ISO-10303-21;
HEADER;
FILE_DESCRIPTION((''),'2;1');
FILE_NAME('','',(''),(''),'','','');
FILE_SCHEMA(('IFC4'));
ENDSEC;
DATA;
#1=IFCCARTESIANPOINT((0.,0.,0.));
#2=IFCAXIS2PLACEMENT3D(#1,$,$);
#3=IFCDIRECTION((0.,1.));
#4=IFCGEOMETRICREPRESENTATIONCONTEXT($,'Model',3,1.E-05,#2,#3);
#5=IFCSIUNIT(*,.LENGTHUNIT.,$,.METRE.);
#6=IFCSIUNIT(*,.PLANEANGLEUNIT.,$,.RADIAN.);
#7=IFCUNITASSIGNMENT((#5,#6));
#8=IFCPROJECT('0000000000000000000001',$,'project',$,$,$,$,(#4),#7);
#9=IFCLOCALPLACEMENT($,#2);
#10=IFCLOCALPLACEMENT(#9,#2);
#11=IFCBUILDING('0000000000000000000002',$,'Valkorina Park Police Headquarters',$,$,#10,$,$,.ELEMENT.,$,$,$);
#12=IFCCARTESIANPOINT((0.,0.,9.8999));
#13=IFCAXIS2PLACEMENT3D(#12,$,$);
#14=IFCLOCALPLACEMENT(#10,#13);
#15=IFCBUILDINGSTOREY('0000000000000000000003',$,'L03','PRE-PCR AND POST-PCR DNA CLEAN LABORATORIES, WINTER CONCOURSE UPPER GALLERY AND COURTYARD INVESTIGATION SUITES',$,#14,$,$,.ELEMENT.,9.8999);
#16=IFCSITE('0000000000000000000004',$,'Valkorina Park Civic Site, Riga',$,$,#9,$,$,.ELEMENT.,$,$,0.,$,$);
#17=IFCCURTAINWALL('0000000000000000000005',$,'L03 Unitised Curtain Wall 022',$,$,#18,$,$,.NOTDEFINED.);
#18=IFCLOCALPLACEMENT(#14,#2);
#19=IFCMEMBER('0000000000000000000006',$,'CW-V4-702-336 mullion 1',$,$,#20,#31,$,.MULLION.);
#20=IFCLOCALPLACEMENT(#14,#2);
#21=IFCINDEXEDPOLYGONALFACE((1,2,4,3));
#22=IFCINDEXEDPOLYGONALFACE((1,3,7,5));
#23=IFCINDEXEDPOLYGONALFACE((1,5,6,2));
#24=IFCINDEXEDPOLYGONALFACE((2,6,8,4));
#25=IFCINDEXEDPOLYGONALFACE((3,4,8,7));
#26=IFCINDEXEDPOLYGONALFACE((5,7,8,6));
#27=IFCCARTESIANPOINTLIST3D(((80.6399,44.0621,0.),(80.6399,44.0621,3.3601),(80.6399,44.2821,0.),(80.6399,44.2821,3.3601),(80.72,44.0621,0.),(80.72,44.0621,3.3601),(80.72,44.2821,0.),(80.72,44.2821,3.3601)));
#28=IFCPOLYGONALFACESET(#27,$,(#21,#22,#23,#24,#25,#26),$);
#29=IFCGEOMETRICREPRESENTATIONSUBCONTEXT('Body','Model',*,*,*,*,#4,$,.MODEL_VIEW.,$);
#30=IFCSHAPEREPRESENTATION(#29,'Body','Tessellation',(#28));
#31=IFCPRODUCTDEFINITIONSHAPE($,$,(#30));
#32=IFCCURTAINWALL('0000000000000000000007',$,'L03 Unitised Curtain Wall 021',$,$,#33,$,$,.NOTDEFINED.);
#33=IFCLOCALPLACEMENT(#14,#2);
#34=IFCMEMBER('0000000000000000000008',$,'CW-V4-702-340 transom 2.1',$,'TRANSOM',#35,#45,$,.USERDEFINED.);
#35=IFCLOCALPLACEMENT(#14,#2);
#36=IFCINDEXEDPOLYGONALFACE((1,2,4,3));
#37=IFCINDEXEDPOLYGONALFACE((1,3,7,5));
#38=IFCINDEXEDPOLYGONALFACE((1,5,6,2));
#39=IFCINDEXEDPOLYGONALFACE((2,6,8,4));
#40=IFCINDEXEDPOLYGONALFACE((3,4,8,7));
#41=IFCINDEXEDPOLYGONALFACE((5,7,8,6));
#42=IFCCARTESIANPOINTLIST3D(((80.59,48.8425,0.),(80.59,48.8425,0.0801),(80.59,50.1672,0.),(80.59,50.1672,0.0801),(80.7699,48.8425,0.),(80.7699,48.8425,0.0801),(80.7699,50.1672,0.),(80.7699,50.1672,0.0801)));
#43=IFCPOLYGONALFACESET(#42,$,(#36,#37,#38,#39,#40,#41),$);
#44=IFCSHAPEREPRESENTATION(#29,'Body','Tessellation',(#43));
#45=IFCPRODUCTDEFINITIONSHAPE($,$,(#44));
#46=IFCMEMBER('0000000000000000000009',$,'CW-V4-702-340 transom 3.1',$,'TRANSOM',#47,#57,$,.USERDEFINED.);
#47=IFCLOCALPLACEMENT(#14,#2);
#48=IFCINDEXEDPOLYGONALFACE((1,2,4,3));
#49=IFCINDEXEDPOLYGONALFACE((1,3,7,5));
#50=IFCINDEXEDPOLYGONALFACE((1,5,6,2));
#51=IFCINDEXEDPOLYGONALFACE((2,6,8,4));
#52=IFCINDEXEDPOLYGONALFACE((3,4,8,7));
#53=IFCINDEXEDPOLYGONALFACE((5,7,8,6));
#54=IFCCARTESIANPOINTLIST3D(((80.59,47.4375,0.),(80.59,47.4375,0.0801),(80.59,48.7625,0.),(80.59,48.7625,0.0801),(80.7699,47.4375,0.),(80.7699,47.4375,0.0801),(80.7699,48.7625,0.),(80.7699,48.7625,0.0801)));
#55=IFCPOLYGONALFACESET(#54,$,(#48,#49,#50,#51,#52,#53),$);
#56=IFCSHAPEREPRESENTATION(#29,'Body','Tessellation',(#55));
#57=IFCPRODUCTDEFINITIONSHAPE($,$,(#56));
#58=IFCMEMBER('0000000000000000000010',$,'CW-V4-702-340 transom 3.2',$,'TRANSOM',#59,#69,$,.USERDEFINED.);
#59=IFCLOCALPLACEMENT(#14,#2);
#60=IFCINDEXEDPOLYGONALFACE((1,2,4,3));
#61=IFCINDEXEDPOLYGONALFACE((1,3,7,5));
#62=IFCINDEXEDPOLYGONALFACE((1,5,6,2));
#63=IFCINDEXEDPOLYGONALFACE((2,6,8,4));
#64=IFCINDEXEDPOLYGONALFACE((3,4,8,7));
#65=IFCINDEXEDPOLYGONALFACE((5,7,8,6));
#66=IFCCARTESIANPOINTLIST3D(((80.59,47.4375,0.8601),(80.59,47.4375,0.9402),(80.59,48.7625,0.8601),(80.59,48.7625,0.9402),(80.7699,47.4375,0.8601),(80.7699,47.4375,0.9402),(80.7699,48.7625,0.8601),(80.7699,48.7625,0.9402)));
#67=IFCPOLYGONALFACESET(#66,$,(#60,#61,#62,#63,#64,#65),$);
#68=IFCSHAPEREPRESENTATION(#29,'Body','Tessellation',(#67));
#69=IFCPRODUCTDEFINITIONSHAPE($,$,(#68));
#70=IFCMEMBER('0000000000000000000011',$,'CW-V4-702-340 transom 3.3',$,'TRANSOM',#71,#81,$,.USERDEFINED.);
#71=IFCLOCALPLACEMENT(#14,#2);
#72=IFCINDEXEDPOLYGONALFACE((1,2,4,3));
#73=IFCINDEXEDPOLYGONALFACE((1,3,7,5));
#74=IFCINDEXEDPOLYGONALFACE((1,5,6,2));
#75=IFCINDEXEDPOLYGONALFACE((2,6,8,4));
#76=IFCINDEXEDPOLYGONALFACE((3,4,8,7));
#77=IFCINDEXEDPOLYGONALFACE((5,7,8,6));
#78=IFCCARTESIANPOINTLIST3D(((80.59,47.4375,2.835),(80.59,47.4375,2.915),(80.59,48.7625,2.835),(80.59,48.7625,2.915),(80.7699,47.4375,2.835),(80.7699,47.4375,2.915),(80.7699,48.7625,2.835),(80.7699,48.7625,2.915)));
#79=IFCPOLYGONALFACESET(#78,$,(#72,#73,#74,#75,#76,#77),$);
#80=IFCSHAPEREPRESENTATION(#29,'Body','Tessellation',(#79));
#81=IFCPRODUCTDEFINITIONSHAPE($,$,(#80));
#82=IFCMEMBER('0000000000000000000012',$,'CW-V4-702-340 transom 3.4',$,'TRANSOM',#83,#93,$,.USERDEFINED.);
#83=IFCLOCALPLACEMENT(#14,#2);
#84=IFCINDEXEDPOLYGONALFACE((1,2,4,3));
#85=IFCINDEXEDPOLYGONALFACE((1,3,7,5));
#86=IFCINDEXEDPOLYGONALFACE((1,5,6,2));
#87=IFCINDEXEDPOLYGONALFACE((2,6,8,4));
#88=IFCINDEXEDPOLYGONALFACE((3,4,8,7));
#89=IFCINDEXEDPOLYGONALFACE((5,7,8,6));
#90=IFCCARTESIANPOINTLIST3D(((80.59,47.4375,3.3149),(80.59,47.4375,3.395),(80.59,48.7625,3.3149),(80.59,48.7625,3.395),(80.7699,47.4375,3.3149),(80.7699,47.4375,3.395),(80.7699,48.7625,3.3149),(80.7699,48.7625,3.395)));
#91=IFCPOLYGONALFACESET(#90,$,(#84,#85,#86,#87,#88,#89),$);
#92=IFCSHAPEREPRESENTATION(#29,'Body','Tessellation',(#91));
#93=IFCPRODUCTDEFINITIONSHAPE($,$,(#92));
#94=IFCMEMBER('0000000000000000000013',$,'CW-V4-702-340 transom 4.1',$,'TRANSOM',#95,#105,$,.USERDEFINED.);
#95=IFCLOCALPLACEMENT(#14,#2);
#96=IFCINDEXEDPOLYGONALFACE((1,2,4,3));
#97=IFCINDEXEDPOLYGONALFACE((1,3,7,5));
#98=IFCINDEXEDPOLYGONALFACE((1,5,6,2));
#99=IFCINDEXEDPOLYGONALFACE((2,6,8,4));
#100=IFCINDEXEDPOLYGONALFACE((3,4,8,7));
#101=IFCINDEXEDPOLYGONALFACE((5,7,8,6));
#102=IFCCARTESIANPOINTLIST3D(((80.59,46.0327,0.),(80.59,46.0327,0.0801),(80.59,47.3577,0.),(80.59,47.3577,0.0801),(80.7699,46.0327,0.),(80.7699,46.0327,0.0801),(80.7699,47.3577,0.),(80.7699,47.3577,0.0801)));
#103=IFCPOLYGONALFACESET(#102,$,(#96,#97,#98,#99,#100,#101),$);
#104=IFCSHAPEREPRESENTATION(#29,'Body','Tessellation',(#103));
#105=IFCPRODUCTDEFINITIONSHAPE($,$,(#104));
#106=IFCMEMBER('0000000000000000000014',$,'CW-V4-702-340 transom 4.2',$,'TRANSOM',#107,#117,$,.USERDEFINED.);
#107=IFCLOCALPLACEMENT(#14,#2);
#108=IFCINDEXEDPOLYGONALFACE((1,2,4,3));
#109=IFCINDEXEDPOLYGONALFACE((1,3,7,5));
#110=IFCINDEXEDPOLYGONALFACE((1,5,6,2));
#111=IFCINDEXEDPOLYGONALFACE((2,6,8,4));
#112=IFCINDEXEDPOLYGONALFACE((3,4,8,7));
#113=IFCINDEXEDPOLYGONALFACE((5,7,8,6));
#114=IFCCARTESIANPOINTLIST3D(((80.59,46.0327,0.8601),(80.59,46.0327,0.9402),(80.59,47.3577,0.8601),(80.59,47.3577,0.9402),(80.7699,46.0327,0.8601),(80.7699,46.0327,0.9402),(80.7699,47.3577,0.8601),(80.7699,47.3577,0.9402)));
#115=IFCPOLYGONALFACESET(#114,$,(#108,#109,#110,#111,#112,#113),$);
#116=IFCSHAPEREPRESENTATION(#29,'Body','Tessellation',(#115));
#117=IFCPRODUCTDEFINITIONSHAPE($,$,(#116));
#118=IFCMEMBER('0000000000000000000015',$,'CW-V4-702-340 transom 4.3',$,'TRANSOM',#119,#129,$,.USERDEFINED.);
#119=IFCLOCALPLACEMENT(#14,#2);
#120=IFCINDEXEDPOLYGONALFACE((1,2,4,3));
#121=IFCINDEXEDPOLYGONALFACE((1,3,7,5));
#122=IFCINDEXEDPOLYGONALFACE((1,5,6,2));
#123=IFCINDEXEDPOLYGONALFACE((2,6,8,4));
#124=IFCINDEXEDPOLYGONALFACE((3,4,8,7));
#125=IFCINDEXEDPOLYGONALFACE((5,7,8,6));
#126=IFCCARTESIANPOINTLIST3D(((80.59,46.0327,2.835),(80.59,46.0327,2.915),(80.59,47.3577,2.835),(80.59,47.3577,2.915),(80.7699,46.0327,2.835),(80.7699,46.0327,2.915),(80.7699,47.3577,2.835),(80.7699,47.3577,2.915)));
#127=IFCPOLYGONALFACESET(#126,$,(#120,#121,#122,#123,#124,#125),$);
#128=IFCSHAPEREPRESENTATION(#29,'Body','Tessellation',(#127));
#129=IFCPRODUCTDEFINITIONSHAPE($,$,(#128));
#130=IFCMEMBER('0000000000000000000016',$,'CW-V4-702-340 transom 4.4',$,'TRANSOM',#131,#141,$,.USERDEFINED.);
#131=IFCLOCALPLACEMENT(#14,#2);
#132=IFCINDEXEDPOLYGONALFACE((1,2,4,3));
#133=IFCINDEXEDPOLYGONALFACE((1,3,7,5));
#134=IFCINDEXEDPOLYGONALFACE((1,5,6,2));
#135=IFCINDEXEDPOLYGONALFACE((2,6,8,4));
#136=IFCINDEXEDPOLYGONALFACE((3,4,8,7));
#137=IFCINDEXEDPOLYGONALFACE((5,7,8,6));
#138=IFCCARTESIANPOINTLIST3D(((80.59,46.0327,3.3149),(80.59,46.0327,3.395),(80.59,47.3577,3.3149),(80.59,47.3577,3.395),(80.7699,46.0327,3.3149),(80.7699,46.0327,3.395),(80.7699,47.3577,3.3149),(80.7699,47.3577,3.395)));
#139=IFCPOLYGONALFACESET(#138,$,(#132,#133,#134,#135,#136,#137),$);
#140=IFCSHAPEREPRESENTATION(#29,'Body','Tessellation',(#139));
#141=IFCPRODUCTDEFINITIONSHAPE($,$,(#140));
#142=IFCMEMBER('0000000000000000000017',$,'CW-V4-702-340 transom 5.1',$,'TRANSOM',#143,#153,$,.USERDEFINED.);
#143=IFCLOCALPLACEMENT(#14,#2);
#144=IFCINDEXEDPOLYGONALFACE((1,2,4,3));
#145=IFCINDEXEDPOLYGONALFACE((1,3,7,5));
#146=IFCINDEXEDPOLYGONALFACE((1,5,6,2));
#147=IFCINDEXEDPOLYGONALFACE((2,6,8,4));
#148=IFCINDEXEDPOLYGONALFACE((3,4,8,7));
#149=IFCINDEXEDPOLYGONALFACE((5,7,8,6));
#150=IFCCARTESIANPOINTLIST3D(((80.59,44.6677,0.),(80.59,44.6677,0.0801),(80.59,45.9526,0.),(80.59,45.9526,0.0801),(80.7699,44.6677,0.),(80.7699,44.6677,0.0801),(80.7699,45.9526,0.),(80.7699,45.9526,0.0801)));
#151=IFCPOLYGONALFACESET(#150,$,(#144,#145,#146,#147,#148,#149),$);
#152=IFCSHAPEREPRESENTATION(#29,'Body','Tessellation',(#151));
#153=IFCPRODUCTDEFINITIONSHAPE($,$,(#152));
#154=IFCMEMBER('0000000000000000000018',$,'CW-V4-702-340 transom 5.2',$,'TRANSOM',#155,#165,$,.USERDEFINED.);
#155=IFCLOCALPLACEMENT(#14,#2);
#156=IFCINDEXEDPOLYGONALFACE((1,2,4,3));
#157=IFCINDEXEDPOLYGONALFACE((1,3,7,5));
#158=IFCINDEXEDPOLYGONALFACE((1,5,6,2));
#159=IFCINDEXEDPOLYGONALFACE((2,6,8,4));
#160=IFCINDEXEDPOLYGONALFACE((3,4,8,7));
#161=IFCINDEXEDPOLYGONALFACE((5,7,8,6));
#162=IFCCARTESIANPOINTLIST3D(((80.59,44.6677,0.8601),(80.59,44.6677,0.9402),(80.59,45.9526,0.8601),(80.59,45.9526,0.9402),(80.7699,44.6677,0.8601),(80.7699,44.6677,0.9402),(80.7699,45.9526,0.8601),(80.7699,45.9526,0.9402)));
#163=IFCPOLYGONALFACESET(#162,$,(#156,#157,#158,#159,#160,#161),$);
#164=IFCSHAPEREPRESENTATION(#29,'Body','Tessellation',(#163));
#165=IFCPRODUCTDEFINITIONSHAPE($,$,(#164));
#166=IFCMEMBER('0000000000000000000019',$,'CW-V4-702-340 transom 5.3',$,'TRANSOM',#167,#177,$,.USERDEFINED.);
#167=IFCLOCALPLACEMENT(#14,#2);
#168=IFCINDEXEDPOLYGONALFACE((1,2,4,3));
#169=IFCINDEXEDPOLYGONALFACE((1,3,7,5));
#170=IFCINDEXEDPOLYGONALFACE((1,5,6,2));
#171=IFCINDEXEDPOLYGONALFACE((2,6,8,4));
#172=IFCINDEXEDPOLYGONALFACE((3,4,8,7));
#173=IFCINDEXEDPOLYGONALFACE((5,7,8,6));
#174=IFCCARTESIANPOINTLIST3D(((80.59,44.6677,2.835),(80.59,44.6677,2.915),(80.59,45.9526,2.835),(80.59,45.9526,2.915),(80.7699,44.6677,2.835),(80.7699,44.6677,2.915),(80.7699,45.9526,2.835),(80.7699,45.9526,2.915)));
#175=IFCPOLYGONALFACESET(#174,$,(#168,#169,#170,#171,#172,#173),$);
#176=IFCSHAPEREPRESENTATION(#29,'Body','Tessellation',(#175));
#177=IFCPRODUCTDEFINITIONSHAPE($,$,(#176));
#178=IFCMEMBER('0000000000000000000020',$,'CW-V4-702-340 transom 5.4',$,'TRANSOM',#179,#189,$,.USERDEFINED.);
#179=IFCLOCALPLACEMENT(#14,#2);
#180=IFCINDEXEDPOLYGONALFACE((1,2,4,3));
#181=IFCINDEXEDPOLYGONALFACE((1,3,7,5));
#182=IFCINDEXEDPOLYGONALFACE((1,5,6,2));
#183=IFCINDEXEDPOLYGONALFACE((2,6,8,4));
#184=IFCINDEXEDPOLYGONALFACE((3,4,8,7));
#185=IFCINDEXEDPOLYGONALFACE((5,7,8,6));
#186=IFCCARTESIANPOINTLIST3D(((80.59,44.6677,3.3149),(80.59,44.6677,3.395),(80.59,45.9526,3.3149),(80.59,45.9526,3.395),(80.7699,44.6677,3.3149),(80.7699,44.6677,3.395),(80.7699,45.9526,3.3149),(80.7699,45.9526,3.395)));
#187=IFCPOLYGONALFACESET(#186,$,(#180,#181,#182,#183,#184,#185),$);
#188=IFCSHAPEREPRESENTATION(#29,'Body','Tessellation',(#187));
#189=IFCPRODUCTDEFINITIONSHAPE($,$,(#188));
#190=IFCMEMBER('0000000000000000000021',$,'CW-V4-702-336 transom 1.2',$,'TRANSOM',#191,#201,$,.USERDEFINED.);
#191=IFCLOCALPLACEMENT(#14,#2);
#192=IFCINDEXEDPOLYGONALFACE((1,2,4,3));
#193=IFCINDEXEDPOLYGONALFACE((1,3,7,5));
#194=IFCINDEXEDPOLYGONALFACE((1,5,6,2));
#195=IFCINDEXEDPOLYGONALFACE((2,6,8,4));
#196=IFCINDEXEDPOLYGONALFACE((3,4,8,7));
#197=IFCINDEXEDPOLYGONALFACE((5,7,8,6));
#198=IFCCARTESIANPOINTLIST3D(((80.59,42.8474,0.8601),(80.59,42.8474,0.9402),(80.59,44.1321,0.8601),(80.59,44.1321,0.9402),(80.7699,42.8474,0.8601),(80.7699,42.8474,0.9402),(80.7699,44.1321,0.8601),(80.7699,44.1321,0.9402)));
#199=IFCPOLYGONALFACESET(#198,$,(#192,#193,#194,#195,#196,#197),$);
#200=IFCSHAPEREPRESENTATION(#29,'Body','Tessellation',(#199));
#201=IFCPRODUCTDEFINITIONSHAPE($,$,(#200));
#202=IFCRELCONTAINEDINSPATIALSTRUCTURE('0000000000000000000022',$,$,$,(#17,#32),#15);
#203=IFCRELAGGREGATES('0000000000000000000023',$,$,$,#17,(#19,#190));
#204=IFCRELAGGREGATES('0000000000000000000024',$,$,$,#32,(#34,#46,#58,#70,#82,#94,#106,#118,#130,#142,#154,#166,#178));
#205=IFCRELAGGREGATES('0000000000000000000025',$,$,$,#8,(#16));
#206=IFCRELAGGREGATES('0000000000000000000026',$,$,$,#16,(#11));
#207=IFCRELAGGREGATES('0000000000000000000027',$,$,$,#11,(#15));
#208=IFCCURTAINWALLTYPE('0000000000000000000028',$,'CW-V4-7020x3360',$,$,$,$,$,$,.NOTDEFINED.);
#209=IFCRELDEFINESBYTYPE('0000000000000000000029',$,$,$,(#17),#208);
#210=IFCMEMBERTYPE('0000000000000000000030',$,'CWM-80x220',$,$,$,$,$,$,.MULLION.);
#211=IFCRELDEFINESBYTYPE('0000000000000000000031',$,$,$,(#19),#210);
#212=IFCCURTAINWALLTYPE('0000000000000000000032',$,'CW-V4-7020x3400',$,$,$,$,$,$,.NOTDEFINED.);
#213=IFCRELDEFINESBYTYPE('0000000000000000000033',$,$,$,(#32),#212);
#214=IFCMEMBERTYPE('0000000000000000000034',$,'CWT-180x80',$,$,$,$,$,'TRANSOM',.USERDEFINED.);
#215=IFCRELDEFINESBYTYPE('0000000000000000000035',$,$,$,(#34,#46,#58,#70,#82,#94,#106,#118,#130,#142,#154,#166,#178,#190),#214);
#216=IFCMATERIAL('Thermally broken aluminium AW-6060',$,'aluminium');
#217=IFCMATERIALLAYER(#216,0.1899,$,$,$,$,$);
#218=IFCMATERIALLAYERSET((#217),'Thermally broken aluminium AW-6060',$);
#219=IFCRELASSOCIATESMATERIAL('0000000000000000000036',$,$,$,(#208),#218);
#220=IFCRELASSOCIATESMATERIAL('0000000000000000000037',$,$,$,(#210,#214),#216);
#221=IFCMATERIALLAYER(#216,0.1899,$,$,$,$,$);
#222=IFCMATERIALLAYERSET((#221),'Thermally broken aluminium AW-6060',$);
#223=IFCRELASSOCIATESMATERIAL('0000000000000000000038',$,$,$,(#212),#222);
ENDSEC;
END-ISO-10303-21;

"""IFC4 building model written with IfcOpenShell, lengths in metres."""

from ifc_helpers import new_model, si_unit, direction, frame, origin, origin_2d, place, context, subcontext, project, spatial, rectangle, extrude, material, layer, layer_set, material_profile, profile_set, type_object, element, aggregate, save


model = new_model("IFC4")

# Units and contexts
model_context = context("Model", 3, precision=1e-05, world=origin(), true_north=direction((0.0, 1.0)))
body_context = subcontext(model_context, "Body", "Model", "MODEL_VIEW")
ifc_project = project(units=[si_unit("LENGTHUNIT", "METRE"), si_unit("PLANEANGLEUNIT", "RADIAN")], contexts=[model_context])

# Site, building, storey
site_placement = place(None, origin())
site = spatial("IfcSite", under=ifc_project, at=site_placement, Name="Valkorina Park Civic Site, Riga", CompositionType="ELEMENT", RefElevation=0.0)
building_placement = place(site_placement, origin())
building = spatial("IfcBuilding", under=site, at=building_placement, Name="Valkorina Park Police Headquarters", CompositionType="ELEMENT")
storey_placement = place(building_placement, frame((0.0, 0.0, 9.8999)))
storey = spatial("IfcBuildingStorey", under=building, at=storey_placement, Name="L03", Description="PRE-PCR AND POST-PCR DNA CLEAN LABORATORIES, WINTER CONCOURSE UPPER GALLERY AND COURTYARD INVESTIGATION SUITES", CompositionType="ELEMENT", Elevation=9.8999)

# Curtain wall, member
ifc_material_1 = material(Name="Thermally broken aluminium AW-6060", Category="aluminium")
ifc_layer_1 = layer(ifc_material_1, 0.1899)
ifc_layer_set_1 = layer_set([ifc_layer_1], Name="Thermally broken aluminium AW-6060")
curtain_wall_type_1 = type_object("IfcCurtainWallType", Name="CW-V4-7020x3360", PredefinedType="NOTDEFINED", material=ifc_layer_set_1)
curtain_wall_1_placement = place(storey_placement, origin())
curtain_wall_1 = element("IfcCurtainWall", 1, at=curtain_wall_1_placement, inside=storey, type_object=curtain_wall_type_1, Name="L03 Unitised Curtain Wall 022", PredefinedType="NOTDEFINED")
ifc_material_profile_1 = material_profile(ifc_material_1, rectangle(XDim=0.0801, YDim=0.22, at=origin_2d()), Name="CWM-03 80x220")
ifc_profile_set_1 = profile_set([ifc_material_profile_1], Name="Thermally broken aluminium AW-6060")
member_type_1 = type_object("IfcMemberType", Name="CWM-80x220", PredefinedType="MULLION", material=ifc_profile_set_1)
member_1_placement = place(storey_placement, frame((80.6799, 44.1721, 0.0), z_axis=(0.0, 0.0, 1.0), x_axis=(1.0, 0.0, 0.0)))
member_1 = element("IfcMember", 2, at=member_1_placement, type_object=member_type_1, Name="CW-V4-702-336 mullion 1", PredefinedType="MULLION", context=body_context, shape_type="SweptSolid", body=[
    extrude(rectangle(XDim=0.0801, YDim=0.22, at=origin_2d()), origin(), (0.0, 0.0, 1.0), 3.3601),
])

# Curtain wall, members
ifc_layer_2 = layer(ifc_material_1, 0.1899)
ifc_layer_set_2 = layer_set([ifc_layer_2], Name="Thermally broken aluminium AW-6060")
curtain_wall_type_2 = type_object("IfcCurtainWallType", Name="CW-V4-7020x3400", PredefinedType="NOTDEFINED", material=ifc_layer_set_2)
curtain_wall_2_placement = place(storey_placement, origin())
curtain_wall_2 = element("IfcCurtainWall", 3, at=curtain_wall_2_placement, inside=storey, type_object=curtain_wall_type_2, Name="L03 Unitised Curtain Wall 021", PredefinedType="NOTDEFINED")
ifc_material_profile_2 = material_profile(ifc_material_1, rectangle(XDim=0.1799, YDim=0.0801, at=origin_2d()), Name="CWT-03 180x80")
ifc_profile_set_2 = profile_set([ifc_material_profile_2], Name="Thermally broken aluminium AW-6060")
member_type_2 = type_object("IfcMemberType", Name="CWT-180x80", ElementType="TRANSOM", PredefinedType="USERDEFINED", material=ifc_profile_set_2)
member_2_placement = place(storey_placement, frame((80.6799, 50.1672, 0.04), z_axis=(0.0, -1.0, 0.0), x_axis=(1.0, 0.0, 0.0)))
member_2 = element("IfcMember", 4, at=member_2_placement, type_object=member_type_2, Name="CW-V4-702-340 transom 2.1", ObjectType="TRANSOM", PredefinedType="USERDEFINED", context=body_context, shape_type="SweptSolid", body=[
    extrude(rectangle(XDim=0.1799, YDim=0.0801, at=origin_2d()), origin(), (0.0, 0.0, 1.0), 1.3247),
])
member_3_placement = place(storey_placement, frame((80.6799, 48.7625, 0.04), z_axis=(0.0, -1.0, 0.0), x_axis=(1.0, 0.0, 0.0)))
member_3 = element("IfcMember", 5, at=member_3_placement, type_object=member_type_2, Name="CW-V4-702-340 transom 3.1", ObjectType="TRANSOM", PredefinedType="USERDEFINED", context=body_context, shape_type="SweptSolid", body=[
    extrude(rectangle(XDim=0.1799, YDim=0.0801, at=origin_2d()), origin(), (0.0, 0.0, 1.0), 1.325),
])
member_4_placement = place(storey_placement, frame((80.6799, 48.7625, 0.9001), z_axis=(0.0, -1.0, 0.0), x_axis=(1.0, 0.0, 0.0)))
member_4 = element("IfcMember", 6, at=member_4_placement, type_object=member_type_2, Name="CW-V4-702-340 transom 3.2", ObjectType="TRANSOM", PredefinedType="USERDEFINED", context=body_context, shape_type="SweptSolid", body=[
    extrude(rectangle(XDim=0.1799, YDim=0.0801, at=origin_2d()), origin(), (0.0, 0.0, 1.0), 1.325),
])
member_5_placement = place(storey_placement, frame((80.6799, 48.7625, 2.875), z_axis=(0.0, -1.0, 0.0), x_axis=(1.0, 0.0, 0.0)))
member_5 = element("IfcMember", 7, at=member_5_placement, type_object=member_type_2, Name="CW-V4-702-340 transom 3.3", ObjectType="TRANSOM", PredefinedType="USERDEFINED", context=body_context, shape_type="SweptSolid", body=[
    extrude(rectangle(XDim=0.1799, YDim=0.0801, at=origin_2d()), origin(), (0.0, 0.0, 1.0), 1.325),
])
member_6_placement = place(storey_placement, frame((80.6799, 48.7625, 3.355), z_axis=(0.0, -1.0, 0.0), x_axis=(1.0, 0.0, 0.0)))
member_6 = element("IfcMember", 8, at=member_6_placement, type_object=member_type_2, Name="CW-V4-702-340 transom 3.4", ObjectType="TRANSOM", PredefinedType="USERDEFINED", context=body_context, shape_type="SweptSolid", body=[
    extrude(rectangle(XDim=0.1799, YDim=0.0801, at=origin_2d()), origin(), (0.0, 0.0, 1.0), 1.325),
])
member_7_placement = place(storey_placement, frame((80.6799, 47.3577, 0.04), z_axis=(0.0, -1.0, 0.0), x_axis=(1.0, 0.0, 0.0)))
member_7 = element("IfcMember", 9, at=member_7_placement, type_object=member_type_2, Name="CW-V4-702-340 transom 4.1", ObjectType="TRANSOM", PredefinedType="USERDEFINED", context=body_context, shape_type="SweptSolid", body=[
    extrude(rectangle(XDim=0.1799, YDim=0.0801, at=origin_2d()), origin(), (0.0, 0.0, 1.0), 1.325),
])
member_8_placement = place(storey_placement, frame((80.6799, 47.3577, 0.9001), z_axis=(0.0, -1.0, 0.0), x_axis=(1.0, 0.0, 0.0)))
member_8 = element("IfcMember", 10, at=member_8_placement, type_object=member_type_2, Name="CW-V4-702-340 transom 4.2", ObjectType="TRANSOM", PredefinedType="USERDEFINED", context=body_context, shape_type="SweptSolid", body=[
    extrude(rectangle(XDim=0.1799, YDim=0.0801, at=origin_2d()), origin(), (0.0, 0.0, 1.0), 1.325),
])
member_9_placement = place(storey_placement, frame((80.6799, 47.3577, 2.875), z_axis=(0.0, -1.0, 0.0), x_axis=(1.0, 0.0, 0.0)))
member_9 = element("IfcMember", 11, at=member_9_placement, type_object=member_type_2, Name="CW-V4-702-340 transom 4.3", ObjectType="TRANSOM", PredefinedType="USERDEFINED", context=body_context, shape_type="SweptSolid", body=[
    extrude(rectangle(XDim=0.1799, YDim=0.0801, at=origin_2d()), origin(), (0.0, 0.0, 1.0), 1.325),
])
member_10_placement = place(storey_placement, frame((80.6799, 47.3577, 3.355), z_axis=(0.0, -1.0, 0.0), x_axis=(1.0, 0.0, 0.0)))
member_10 = element("IfcMember", 12, at=member_10_placement, type_object=member_type_2, Name="CW-V4-702-340 transom 4.4", ObjectType="TRANSOM", PredefinedType="USERDEFINED", context=body_context, shape_type="SweptSolid", body=[
    extrude(rectangle(XDim=0.1799, YDim=0.0801, at=origin_2d()), origin(), (0.0, 0.0, 1.0), 1.325),
])
member_11_placement = place(storey_placement, frame((80.6799, 45.9526, 0.04), z_axis=(0.0, -1.0, 0.0), x_axis=(1.0, 0.0, 0.0)))
member_11 = element("IfcMember", 13, at=member_11_placement, type_object=member_type_2, Name="CW-V4-702-340 transom 5.1", ObjectType="TRANSOM", PredefinedType="USERDEFINED", context=body_context, shape_type="SweptSolid", body=[
    extrude(rectangle(XDim=0.1799, YDim=0.0801, at=origin_2d()), origin(), (0.0, 0.0, 1.0), 1.2849),
])
member_12_placement = place(storey_placement, frame((80.6799, 45.9526, 0.9001), z_axis=(0.0, -1.0, 0.0), x_axis=(1.0, 0.0, 0.0)))
member_12 = element("IfcMember", 14, at=member_12_placement, type_object=member_type_2, Name="CW-V4-702-340 transom 5.2", ObjectType="TRANSOM", PredefinedType="USERDEFINED", context=body_context, shape_type="SweptSolid", body=[
    extrude(rectangle(XDim=0.1799, YDim=0.0801, at=origin_2d()), origin(), (0.0, 0.0, 1.0), 1.2849),
])
member_13_placement = place(storey_placement, frame((80.6799, 45.9526, 2.875), z_axis=(0.0, -1.0, 0.0), x_axis=(1.0, 0.0, 0.0)))
member_13 = element("IfcMember", 15, at=member_13_placement, type_object=member_type_2, Name="CW-V4-702-340 transom 5.3", ObjectType="TRANSOM", PredefinedType="USERDEFINED", context=body_context, shape_type="SweptSolid", body=[
    extrude(rectangle(XDim=0.1799, YDim=0.0801, at=origin_2d()), origin(), (0.0, 0.0, 1.0), 1.2849),
])
member_14_placement = place(storey_placement, frame((80.6799, 45.9526, 3.355), z_axis=(0.0, -1.0, 0.0), x_axis=(1.0, 0.0, 0.0)))
member_14 = element("IfcMember", 16, at=member_14_placement, type_object=member_type_2, Name="CW-V4-702-340 transom 5.4", ObjectType="TRANSOM", PredefinedType="USERDEFINED", context=body_context, shape_type="SweptSolid", body=[
    extrude(rectangle(XDim=0.1799, YDim=0.0801, at=origin_2d()), origin(), (0.0, 0.0, 1.0), 1.2849),
])

# Member
member_15_placement = place(storey_placement, frame((80.6799, 44.1321, 0.9001), z_axis=(0.0, -1.0, 0.0), x_axis=(1.0, 0.0, 0.0)))
member_15 = element("IfcMember", 17, at=member_15_placement, type_object=member_type_2, Name="CW-V4-702-336 transom 1.2", ObjectType="TRANSOM", PredefinedType="USERDEFINED", context=body_context, shape_type="SweptSolid", body=[
    extrude(rectangle(XDim=0.1799, YDim=0.0801, at=origin_2d()), origin(), (0.0, 0.0, 1.0), 1.2847),
])
aggregate(curtain_wall_1, [member_1, member_15])

aggregate(curtain_wall_2, [member_2, member_3, member_4, member_5, member_6, member_7, member_8, member_9, member_10, member_11, member_12, member_13, member_14])

save(model, "model.ifc")
